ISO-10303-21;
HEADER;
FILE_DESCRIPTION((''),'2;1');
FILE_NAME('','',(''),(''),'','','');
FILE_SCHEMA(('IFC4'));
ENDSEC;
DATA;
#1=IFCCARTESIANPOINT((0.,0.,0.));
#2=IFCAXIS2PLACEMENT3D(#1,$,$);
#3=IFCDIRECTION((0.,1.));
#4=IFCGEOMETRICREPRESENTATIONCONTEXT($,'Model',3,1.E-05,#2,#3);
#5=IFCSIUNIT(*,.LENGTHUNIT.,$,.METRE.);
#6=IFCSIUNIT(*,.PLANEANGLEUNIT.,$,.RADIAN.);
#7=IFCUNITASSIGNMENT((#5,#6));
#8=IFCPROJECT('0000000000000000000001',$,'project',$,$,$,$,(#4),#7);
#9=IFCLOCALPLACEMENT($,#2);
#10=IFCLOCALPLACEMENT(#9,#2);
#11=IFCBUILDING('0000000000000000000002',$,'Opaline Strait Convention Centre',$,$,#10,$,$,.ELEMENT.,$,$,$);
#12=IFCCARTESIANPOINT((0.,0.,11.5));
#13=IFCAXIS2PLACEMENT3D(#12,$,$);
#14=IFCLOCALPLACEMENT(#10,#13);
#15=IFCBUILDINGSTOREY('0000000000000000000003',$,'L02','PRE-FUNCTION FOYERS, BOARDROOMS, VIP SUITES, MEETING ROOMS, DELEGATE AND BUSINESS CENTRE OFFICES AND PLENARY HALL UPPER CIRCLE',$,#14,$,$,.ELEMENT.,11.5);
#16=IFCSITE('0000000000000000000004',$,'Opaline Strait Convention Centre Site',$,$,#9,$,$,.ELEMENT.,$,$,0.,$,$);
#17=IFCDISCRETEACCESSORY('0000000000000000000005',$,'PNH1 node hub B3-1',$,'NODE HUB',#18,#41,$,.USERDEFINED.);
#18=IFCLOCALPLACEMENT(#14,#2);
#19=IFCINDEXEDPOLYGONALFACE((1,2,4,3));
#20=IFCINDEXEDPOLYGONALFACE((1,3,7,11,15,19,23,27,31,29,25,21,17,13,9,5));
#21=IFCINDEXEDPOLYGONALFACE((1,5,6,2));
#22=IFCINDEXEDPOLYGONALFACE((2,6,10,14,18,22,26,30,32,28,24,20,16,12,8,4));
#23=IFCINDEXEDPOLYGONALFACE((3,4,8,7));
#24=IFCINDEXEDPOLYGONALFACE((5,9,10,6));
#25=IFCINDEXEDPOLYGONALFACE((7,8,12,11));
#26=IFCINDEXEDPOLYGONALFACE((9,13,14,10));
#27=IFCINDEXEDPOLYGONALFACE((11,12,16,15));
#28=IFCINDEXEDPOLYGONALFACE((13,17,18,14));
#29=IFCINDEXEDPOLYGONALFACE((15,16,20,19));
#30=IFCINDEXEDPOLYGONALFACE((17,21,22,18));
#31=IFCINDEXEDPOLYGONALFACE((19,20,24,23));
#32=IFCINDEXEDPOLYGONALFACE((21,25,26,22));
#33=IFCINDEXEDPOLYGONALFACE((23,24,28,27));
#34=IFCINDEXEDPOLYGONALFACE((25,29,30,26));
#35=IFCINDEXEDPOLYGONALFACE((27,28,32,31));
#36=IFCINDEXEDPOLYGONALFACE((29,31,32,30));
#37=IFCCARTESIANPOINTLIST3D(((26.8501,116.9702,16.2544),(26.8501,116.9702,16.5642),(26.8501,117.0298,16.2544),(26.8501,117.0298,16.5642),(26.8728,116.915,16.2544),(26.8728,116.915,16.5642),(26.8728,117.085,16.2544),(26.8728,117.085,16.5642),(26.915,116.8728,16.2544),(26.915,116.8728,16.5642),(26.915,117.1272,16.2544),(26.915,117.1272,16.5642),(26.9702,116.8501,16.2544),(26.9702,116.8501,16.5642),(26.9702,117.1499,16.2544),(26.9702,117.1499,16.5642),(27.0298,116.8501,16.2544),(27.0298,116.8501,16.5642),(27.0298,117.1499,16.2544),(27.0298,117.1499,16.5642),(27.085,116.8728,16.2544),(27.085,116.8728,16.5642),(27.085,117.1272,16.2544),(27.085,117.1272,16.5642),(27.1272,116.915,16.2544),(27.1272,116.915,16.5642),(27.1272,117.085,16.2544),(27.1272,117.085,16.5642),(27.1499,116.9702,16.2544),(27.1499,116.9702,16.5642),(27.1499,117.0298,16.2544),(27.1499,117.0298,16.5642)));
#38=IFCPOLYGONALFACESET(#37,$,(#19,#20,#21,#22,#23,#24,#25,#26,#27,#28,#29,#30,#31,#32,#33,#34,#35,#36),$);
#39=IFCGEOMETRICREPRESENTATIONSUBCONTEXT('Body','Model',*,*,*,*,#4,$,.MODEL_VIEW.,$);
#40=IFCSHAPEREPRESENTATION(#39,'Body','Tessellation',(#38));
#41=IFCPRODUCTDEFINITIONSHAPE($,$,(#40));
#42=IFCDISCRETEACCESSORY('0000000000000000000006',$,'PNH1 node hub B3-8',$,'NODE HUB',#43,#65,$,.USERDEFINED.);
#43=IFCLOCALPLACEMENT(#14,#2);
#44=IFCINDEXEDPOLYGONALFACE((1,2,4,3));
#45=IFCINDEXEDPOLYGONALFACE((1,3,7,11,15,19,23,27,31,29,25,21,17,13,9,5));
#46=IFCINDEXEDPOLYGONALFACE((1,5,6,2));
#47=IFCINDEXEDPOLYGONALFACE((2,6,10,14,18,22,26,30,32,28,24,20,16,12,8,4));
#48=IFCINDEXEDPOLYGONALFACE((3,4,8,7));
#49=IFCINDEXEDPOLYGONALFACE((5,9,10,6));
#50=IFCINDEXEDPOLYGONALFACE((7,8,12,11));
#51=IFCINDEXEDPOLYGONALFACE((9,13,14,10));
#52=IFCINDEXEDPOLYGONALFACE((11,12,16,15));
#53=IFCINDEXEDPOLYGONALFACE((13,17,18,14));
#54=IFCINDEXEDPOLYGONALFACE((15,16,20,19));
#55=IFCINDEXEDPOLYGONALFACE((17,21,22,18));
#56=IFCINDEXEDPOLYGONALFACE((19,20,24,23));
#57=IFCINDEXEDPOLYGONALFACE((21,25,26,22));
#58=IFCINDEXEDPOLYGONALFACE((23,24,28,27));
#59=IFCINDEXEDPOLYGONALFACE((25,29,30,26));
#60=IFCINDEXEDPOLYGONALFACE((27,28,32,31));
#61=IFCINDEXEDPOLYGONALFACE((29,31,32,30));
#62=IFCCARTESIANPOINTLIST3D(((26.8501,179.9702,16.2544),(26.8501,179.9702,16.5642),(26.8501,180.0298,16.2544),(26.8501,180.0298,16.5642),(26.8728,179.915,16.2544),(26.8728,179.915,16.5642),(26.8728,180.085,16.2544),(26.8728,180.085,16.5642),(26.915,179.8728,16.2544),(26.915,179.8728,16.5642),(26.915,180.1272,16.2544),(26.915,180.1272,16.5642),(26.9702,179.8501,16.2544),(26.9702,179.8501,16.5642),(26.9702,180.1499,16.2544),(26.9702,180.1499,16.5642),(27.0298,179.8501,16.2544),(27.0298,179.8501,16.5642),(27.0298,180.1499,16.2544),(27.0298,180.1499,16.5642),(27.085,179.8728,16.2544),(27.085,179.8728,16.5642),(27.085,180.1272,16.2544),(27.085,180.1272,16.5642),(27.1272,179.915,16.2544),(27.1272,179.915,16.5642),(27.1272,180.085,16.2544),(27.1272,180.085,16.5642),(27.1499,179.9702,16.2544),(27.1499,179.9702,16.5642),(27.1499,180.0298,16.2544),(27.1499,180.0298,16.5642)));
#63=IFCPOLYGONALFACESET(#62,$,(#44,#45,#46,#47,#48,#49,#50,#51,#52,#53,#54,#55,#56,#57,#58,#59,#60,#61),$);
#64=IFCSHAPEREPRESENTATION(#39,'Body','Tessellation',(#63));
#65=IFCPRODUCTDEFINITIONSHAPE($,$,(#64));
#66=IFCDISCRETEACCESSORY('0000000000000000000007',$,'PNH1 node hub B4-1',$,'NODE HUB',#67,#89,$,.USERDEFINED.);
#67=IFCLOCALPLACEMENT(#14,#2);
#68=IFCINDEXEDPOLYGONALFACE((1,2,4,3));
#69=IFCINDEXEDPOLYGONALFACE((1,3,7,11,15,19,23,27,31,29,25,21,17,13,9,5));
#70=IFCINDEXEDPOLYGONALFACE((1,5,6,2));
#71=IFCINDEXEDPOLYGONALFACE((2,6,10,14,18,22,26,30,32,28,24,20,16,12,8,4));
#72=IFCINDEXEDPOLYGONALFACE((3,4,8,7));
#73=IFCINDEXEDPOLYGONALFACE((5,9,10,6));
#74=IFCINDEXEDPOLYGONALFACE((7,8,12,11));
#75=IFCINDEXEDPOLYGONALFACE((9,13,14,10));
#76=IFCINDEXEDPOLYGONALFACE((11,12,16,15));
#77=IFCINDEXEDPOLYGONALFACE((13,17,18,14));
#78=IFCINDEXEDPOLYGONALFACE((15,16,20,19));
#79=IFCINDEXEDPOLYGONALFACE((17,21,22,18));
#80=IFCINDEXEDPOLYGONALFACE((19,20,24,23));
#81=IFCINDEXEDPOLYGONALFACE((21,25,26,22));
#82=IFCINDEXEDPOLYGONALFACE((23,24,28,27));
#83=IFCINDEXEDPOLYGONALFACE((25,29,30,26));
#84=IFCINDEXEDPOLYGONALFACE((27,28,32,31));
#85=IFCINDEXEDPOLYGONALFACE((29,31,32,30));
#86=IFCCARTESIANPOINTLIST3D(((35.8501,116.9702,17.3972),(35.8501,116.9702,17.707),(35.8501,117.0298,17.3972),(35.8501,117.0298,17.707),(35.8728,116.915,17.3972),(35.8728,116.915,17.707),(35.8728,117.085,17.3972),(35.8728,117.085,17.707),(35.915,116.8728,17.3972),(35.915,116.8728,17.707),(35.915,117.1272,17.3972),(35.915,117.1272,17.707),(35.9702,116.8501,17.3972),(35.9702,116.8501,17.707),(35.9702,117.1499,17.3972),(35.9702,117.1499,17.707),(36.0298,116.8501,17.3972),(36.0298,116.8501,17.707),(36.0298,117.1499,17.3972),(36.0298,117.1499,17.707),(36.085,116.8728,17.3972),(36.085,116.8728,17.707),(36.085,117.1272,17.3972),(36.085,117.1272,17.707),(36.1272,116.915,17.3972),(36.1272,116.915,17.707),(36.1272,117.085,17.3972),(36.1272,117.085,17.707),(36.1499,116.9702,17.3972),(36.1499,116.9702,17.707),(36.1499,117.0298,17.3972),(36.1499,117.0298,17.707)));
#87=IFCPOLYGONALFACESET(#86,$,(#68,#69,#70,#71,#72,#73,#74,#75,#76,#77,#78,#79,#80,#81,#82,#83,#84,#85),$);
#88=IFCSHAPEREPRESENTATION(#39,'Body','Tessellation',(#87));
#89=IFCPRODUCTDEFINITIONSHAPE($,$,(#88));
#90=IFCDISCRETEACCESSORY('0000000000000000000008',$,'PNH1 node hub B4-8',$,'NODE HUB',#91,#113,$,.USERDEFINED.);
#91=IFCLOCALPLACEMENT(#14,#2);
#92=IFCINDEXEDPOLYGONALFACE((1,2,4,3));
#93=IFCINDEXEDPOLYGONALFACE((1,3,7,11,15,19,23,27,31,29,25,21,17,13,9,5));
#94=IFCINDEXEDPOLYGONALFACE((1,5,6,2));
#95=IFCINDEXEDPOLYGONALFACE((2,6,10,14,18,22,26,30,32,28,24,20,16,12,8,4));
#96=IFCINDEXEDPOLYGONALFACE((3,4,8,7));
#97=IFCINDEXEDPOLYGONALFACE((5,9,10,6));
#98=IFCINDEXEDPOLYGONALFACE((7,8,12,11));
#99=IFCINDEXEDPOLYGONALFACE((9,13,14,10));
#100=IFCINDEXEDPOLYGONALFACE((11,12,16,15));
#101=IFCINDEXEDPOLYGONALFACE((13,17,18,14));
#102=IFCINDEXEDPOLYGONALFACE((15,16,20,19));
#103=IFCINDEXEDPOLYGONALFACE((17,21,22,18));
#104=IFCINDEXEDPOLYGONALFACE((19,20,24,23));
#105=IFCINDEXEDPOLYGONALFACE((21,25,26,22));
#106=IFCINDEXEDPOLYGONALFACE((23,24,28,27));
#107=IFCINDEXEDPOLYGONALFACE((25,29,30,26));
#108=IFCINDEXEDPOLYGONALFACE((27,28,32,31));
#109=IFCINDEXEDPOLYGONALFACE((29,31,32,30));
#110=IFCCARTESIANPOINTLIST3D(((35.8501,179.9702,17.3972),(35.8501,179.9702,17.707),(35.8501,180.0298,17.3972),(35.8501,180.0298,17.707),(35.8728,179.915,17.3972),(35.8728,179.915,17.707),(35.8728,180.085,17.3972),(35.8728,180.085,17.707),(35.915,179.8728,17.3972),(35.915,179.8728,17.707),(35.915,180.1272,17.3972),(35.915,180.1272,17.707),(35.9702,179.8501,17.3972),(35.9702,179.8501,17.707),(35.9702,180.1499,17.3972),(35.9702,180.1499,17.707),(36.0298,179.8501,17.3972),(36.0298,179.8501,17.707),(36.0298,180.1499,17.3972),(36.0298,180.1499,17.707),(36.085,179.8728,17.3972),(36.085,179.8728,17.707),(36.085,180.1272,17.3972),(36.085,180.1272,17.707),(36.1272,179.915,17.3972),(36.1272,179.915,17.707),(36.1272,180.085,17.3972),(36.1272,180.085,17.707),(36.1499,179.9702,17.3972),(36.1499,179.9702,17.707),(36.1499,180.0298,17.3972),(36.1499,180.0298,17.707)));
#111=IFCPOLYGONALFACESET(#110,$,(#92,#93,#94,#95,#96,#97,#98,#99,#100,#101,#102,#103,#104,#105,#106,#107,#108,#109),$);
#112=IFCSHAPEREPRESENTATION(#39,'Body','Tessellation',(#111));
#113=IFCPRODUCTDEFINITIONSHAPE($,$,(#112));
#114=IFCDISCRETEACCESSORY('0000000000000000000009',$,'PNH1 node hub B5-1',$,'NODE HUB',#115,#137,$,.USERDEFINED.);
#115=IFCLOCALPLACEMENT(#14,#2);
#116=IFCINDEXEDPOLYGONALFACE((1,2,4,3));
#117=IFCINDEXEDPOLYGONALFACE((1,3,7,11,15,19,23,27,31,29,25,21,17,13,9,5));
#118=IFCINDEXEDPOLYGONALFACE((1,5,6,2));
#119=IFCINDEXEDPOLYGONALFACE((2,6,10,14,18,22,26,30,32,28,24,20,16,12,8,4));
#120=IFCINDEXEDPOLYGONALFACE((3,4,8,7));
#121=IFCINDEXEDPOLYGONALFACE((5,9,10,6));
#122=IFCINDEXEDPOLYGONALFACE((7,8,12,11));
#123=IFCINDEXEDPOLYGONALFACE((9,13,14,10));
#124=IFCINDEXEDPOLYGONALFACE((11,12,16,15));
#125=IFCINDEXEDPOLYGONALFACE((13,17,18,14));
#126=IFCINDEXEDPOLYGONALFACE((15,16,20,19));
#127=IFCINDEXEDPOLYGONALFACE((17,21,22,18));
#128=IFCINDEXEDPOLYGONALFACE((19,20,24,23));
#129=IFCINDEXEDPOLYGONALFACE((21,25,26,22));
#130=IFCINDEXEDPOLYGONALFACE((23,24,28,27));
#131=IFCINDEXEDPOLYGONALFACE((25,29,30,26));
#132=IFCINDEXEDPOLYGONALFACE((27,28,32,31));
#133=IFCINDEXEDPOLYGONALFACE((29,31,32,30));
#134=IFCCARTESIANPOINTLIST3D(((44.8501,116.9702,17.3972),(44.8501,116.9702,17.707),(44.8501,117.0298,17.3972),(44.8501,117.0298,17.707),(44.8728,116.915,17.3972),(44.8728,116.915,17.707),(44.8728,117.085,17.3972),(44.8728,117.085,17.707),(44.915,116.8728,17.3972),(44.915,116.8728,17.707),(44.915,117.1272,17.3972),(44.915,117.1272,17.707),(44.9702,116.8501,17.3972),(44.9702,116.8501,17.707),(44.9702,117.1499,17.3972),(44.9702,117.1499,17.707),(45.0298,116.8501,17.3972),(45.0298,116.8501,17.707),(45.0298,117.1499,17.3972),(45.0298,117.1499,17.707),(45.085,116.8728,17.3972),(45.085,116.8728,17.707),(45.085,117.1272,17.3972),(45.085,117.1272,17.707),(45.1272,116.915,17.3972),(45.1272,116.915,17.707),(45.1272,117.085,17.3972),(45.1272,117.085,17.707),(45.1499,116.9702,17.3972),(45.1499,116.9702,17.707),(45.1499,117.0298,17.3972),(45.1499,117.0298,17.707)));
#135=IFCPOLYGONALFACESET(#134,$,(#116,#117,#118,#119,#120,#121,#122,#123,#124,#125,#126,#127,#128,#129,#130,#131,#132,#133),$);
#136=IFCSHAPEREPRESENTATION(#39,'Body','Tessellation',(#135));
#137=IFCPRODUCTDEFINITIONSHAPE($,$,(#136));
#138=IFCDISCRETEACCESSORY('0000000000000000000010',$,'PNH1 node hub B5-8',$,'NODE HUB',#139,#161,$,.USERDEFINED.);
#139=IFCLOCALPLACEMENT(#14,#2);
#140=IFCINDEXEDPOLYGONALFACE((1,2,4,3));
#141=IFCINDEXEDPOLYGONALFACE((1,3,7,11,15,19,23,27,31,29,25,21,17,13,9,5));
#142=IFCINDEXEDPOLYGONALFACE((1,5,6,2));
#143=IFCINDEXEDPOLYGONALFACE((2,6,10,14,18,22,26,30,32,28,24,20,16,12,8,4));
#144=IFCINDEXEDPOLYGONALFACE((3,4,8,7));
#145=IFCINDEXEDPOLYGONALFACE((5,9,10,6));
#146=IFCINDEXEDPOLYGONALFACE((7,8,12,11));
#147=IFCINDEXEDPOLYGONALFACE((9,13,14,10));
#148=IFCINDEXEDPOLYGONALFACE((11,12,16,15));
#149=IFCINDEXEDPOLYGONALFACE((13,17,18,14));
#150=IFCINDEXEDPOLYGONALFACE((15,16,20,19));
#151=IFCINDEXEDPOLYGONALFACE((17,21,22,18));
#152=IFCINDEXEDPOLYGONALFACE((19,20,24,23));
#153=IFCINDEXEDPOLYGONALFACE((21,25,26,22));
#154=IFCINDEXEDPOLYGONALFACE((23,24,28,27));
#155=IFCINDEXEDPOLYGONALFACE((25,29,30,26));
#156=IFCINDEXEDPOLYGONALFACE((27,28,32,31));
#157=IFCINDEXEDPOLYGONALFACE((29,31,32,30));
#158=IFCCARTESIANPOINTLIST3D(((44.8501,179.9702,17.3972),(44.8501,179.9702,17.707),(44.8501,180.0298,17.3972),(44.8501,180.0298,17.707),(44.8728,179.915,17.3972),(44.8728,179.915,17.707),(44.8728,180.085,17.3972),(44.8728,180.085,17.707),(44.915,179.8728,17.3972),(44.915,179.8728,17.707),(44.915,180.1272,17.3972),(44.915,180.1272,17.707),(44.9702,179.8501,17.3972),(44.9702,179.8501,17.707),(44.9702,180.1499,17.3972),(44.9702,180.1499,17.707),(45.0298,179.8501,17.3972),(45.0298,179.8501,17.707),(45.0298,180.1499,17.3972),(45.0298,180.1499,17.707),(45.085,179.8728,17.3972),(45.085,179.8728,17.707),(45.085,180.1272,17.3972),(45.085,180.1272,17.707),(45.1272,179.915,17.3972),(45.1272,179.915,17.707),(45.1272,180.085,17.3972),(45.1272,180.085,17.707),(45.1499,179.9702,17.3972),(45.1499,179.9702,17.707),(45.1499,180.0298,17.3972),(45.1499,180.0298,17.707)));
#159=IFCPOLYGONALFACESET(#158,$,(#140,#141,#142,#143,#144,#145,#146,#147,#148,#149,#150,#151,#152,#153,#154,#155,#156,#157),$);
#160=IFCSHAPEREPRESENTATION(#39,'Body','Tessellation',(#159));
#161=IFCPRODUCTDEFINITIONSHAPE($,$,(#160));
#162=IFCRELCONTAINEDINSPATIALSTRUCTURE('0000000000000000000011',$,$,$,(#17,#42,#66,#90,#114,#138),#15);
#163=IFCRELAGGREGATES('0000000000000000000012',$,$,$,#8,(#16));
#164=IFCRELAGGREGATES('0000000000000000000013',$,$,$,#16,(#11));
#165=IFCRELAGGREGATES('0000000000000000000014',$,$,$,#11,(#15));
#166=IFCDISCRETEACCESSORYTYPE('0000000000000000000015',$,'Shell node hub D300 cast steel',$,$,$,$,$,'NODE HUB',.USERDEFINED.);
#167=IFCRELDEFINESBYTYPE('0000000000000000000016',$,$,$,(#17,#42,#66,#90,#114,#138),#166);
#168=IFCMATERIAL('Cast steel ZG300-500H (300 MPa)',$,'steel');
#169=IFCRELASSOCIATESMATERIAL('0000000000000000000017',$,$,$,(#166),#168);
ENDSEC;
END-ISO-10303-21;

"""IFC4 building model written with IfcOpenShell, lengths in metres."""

from ifc_helpers import new_model, si_unit, direction, frame, origin, place, context, subcontext, project, spatial, polyline, outline, extrude, material, type_object, element, save


model = new_model("IFC4")

# Units and contexts
model_context = context("Model", 3, precision=1e-05, world=origin(), true_north=direction((0.0, 1.0)))
body_context = subcontext(model_context, "Body", "Model", "MODEL_VIEW")
ifc_project = project(units=[si_unit("LENGTHUNIT", "METRE"), si_unit("PLANEANGLEUNIT", "RADIAN")], contexts=[model_context])

# Site, building, storey
site_placement = place(None, origin())
site = spatial("IfcSite", under=ifc_project, at=site_placement, Name="Opaline Strait Convention Centre Site", CompositionType="ELEMENT", RefElevation=0.0)
building_placement = place(site_placement, origin())
building = spatial("IfcBuilding", under=site, at=building_placement, Name="Opaline Strait Convention Centre", CompositionType="ELEMENT")
storey_placement = place(building_placement, frame((0.0, 0.0, 11.5)))
storey = spatial("IfcBuildingStorey", under=building, at=storey_placement, Name="L02", Description="PRE-FUNCTION FOYERS, BOARDROOMS, VIP SUITES, MEETING ROOMS, DELEGATE AND BUSINESS CENTRE OFFICES AND PLENARY HALL UPPER CIRCLE", CompositionType="ELEMENT", Elevation=11.5)

# Discrete accessories
ifc_material = material(Name="Cast steel ZG300-500H (300 MPa)", Category="steel")
discrete_accessory_type_1 = type_object("IfcDiscreteAccessoryType", Name="Shell node hub D300 cast steel", ElementType="NODE HUB", PredefinedType="USERDEFINED", material=ifc_material)
discrete_accessory_1_placement = place(storey_placement, frame((0.0, 0.0, 16.2544)))
element("IfcDiscreteAccessory", 1, at=discrete_accessory_1_placement, inside=storey, type_object=discrete_accessory_type_1, Name="PNH1 node hub B3-1", ObjectType="NODE HUB", PredefinedType="USERDEFINED", context=body_context, shape_type="SweptSolid", body=[
    extrude(outline(polyline([(27.1499, 117.0298), (27.1272, 117.085), (27.085, 117.1272), (27.0298, 117.1499), (26.9702, 117.1499), (26.915, 117.1272), (26.8728, 117.085), (26.8501, 117.0298), (26.8501, 116.9702), (26.8728, 116.915), (26.915, 116.8728), (26.9702, 116.8501), (27.0298, 116.8501), (27.085, 116.8728), (27.1272, 116.915), (27.1499, 116.9702), (27.1499, 117.0298)])), origin(), (0.0, 0.0, 1.0), 0.3098),
])
discrete_accessory_2_placement = place(storey_placement, frame((0.0, 0.0, 16.2544)))
element("IfcDiscreteAccessory", 2, at=discrete_accessory_2_placement, inside=storey, type_object=discrete_accessory_type_1, Name="PNH1 node hub B3-8", ObjectType="NODE HUB", PredefinedType="USERDEFINED", context=body_context, shape_type="SweptSolid", body=[
    extrude(outline(polyline([(27.1499, 180.0298), (27.1272, 180.085), (27.085, 180.1272), (27.0298, 180.1499), (26.9702, 180.1499), (26.915, 180.1272), (26.8728, 180.085), (26.8501, 180.0298), (26.8501, 179.9702), (26.8728, 179.915), (26.915, 179.8728), (26.9702, 179.8501), (27.0298, 179.8501), (27.085, 179.8728), (27.1272, 179.915), (27.1499, 179.9702), (27.1499, 180.0298)])), origin(), (0.0, 0.0, 1.0), 0.3098),
])
discrete_accessory_3_placement = place(storey_placement, frame((0.0, 0.0, 17.3972)))
element("IfcDiscreteAccessory", 3, at=discrete_accessory_3_placement, inside=storey, type_object=discrete_accessory_type_1, Name="PNH1 node hub B4-1", ObjectType="NODE HUB", PredefinedType="USERDEFINED", context=body_context, shape_type="SweptSolid", body=[
    extrude(outline(polyline([(36.1499, 117.0298), (36.1272, 117.085), (36.085, 117.1272), (36.0298, 117.1499), (35.9702, 117.1499), (35.915, 117.1272), (35.8728, 117.085), (35.8501, 117.0298), (35.8501, 116.9702), (35.8728, 116.915), (35.915, 116.8728), (35.9702, 116.8501), (36.0298, 116.8501), (36.085, 116.8728), (36.1272, 116.915), (36.1499, 116.9702), (36.1499, 117.0298)])), origin(), (0.0, 0.0, 1.0), 0.3098),
])
discrete_accessory_4_placement = place(storey_placement, frame((0.0, 0.0, 17.3972)))
element("IfcDiscreteAccessory", 4, at=discrete_accessory_4_placement, inside=storey, type_object=discrete_accessory_type_1, Name="PNH1 node hub B4-8", ObjectType="NODE HUB", PredefinedType="USERDEFINED", context=body_context, shape_type="SweptSolid", body=[
    extrude(outline(polyline([(36.1499, 180.0298), (36.1272, 180.085), (36.085, 180.1272), (36.0298, 180.1499), (35.9702, 180.1499), (35.915, 180.1272), (35.8728, 180.085), (35.8501, 180.0298), (35.8501, 179.9702), (35.8728, 179.915), (35.915, 179.8728), (35.9702, 179.8501), (36.0298, 179.8501), (36.085, 179.8728), (36.1272, 179.915), (36.1499, 179.9702), (36.1499, 180.0298)])), origin(), (0.0, 0.0, 1.0), 0.3098),
])
discrete_accessory_5_placement = place(storey_placement, frame((0.0, 0.0, 17.3972)))
element("IfcDiscreteAccessory", 5, at=discrete_accessory_5_placement, inside=storey, type_object=discrete_accessory_type_1, Name="PNH1 node hub B5-1", ObjectType="NODE HUB", PredefinedType="USERDEFINED", context=body_context, shape_type="SweptSolid", body=[
    extrude(outline(polyline([(45.1499, 117.0298), (45.1272, 117.085), (45.085, 117.1272), (45.0298, 117.1499), (44.9702, 117.1499), (44.915, 117.1272), (44.8728, 117.085), (44.8501, 117.0298), (44.8501, 116.9702), (44.8728, 116.915), (44.915, 116.8728), (44.9702, 116.8501), (45.0298, 116.8501), (45.085, 116.8728), (45.1272, 116.915), (45.1499, 116.9702), (45.1499, 117.0298)])), origin(), (0.0, 0.0, 1.0), 0.3098),
])
discrete_accessory_6_placement = place(storey_placement, frame((0.0, 0.0, 17.3972)))
element("IfcDiscreteAccessory", 6, at=discrete_accessory_6_placement, inside=storey, type_object=discrete_accessory_type_1, Name="PNH1 node hub B5-8", ObjectType="NODE HUB", PredefinedType="USERDEFINED", context=body_context, shape_type="SweptSolid", body=[
    extrude(outline(polyline([(45.1499, 180.0298), (45.1272, 180.085), (45.085, 180.1272), (45.0298, 180.1499), (44.9702, 180.1499), (44.915, 180.1272), (44.8728, 180.085), (44.8501, 180.0298), (44.8501, 179.9702), (44.8728, 179.915), (44.915, 179.8728), (44.9702, 179.8501), (45.0298, 179.8501), (45.085, 179.8728), (45.1272, 179.915), (45.1499, 179.9702), (45.1499, 180.0298)])), origin(), (0.0, 0.0, 1.0), 0.3098),
])

save(model, "model.ifc")
